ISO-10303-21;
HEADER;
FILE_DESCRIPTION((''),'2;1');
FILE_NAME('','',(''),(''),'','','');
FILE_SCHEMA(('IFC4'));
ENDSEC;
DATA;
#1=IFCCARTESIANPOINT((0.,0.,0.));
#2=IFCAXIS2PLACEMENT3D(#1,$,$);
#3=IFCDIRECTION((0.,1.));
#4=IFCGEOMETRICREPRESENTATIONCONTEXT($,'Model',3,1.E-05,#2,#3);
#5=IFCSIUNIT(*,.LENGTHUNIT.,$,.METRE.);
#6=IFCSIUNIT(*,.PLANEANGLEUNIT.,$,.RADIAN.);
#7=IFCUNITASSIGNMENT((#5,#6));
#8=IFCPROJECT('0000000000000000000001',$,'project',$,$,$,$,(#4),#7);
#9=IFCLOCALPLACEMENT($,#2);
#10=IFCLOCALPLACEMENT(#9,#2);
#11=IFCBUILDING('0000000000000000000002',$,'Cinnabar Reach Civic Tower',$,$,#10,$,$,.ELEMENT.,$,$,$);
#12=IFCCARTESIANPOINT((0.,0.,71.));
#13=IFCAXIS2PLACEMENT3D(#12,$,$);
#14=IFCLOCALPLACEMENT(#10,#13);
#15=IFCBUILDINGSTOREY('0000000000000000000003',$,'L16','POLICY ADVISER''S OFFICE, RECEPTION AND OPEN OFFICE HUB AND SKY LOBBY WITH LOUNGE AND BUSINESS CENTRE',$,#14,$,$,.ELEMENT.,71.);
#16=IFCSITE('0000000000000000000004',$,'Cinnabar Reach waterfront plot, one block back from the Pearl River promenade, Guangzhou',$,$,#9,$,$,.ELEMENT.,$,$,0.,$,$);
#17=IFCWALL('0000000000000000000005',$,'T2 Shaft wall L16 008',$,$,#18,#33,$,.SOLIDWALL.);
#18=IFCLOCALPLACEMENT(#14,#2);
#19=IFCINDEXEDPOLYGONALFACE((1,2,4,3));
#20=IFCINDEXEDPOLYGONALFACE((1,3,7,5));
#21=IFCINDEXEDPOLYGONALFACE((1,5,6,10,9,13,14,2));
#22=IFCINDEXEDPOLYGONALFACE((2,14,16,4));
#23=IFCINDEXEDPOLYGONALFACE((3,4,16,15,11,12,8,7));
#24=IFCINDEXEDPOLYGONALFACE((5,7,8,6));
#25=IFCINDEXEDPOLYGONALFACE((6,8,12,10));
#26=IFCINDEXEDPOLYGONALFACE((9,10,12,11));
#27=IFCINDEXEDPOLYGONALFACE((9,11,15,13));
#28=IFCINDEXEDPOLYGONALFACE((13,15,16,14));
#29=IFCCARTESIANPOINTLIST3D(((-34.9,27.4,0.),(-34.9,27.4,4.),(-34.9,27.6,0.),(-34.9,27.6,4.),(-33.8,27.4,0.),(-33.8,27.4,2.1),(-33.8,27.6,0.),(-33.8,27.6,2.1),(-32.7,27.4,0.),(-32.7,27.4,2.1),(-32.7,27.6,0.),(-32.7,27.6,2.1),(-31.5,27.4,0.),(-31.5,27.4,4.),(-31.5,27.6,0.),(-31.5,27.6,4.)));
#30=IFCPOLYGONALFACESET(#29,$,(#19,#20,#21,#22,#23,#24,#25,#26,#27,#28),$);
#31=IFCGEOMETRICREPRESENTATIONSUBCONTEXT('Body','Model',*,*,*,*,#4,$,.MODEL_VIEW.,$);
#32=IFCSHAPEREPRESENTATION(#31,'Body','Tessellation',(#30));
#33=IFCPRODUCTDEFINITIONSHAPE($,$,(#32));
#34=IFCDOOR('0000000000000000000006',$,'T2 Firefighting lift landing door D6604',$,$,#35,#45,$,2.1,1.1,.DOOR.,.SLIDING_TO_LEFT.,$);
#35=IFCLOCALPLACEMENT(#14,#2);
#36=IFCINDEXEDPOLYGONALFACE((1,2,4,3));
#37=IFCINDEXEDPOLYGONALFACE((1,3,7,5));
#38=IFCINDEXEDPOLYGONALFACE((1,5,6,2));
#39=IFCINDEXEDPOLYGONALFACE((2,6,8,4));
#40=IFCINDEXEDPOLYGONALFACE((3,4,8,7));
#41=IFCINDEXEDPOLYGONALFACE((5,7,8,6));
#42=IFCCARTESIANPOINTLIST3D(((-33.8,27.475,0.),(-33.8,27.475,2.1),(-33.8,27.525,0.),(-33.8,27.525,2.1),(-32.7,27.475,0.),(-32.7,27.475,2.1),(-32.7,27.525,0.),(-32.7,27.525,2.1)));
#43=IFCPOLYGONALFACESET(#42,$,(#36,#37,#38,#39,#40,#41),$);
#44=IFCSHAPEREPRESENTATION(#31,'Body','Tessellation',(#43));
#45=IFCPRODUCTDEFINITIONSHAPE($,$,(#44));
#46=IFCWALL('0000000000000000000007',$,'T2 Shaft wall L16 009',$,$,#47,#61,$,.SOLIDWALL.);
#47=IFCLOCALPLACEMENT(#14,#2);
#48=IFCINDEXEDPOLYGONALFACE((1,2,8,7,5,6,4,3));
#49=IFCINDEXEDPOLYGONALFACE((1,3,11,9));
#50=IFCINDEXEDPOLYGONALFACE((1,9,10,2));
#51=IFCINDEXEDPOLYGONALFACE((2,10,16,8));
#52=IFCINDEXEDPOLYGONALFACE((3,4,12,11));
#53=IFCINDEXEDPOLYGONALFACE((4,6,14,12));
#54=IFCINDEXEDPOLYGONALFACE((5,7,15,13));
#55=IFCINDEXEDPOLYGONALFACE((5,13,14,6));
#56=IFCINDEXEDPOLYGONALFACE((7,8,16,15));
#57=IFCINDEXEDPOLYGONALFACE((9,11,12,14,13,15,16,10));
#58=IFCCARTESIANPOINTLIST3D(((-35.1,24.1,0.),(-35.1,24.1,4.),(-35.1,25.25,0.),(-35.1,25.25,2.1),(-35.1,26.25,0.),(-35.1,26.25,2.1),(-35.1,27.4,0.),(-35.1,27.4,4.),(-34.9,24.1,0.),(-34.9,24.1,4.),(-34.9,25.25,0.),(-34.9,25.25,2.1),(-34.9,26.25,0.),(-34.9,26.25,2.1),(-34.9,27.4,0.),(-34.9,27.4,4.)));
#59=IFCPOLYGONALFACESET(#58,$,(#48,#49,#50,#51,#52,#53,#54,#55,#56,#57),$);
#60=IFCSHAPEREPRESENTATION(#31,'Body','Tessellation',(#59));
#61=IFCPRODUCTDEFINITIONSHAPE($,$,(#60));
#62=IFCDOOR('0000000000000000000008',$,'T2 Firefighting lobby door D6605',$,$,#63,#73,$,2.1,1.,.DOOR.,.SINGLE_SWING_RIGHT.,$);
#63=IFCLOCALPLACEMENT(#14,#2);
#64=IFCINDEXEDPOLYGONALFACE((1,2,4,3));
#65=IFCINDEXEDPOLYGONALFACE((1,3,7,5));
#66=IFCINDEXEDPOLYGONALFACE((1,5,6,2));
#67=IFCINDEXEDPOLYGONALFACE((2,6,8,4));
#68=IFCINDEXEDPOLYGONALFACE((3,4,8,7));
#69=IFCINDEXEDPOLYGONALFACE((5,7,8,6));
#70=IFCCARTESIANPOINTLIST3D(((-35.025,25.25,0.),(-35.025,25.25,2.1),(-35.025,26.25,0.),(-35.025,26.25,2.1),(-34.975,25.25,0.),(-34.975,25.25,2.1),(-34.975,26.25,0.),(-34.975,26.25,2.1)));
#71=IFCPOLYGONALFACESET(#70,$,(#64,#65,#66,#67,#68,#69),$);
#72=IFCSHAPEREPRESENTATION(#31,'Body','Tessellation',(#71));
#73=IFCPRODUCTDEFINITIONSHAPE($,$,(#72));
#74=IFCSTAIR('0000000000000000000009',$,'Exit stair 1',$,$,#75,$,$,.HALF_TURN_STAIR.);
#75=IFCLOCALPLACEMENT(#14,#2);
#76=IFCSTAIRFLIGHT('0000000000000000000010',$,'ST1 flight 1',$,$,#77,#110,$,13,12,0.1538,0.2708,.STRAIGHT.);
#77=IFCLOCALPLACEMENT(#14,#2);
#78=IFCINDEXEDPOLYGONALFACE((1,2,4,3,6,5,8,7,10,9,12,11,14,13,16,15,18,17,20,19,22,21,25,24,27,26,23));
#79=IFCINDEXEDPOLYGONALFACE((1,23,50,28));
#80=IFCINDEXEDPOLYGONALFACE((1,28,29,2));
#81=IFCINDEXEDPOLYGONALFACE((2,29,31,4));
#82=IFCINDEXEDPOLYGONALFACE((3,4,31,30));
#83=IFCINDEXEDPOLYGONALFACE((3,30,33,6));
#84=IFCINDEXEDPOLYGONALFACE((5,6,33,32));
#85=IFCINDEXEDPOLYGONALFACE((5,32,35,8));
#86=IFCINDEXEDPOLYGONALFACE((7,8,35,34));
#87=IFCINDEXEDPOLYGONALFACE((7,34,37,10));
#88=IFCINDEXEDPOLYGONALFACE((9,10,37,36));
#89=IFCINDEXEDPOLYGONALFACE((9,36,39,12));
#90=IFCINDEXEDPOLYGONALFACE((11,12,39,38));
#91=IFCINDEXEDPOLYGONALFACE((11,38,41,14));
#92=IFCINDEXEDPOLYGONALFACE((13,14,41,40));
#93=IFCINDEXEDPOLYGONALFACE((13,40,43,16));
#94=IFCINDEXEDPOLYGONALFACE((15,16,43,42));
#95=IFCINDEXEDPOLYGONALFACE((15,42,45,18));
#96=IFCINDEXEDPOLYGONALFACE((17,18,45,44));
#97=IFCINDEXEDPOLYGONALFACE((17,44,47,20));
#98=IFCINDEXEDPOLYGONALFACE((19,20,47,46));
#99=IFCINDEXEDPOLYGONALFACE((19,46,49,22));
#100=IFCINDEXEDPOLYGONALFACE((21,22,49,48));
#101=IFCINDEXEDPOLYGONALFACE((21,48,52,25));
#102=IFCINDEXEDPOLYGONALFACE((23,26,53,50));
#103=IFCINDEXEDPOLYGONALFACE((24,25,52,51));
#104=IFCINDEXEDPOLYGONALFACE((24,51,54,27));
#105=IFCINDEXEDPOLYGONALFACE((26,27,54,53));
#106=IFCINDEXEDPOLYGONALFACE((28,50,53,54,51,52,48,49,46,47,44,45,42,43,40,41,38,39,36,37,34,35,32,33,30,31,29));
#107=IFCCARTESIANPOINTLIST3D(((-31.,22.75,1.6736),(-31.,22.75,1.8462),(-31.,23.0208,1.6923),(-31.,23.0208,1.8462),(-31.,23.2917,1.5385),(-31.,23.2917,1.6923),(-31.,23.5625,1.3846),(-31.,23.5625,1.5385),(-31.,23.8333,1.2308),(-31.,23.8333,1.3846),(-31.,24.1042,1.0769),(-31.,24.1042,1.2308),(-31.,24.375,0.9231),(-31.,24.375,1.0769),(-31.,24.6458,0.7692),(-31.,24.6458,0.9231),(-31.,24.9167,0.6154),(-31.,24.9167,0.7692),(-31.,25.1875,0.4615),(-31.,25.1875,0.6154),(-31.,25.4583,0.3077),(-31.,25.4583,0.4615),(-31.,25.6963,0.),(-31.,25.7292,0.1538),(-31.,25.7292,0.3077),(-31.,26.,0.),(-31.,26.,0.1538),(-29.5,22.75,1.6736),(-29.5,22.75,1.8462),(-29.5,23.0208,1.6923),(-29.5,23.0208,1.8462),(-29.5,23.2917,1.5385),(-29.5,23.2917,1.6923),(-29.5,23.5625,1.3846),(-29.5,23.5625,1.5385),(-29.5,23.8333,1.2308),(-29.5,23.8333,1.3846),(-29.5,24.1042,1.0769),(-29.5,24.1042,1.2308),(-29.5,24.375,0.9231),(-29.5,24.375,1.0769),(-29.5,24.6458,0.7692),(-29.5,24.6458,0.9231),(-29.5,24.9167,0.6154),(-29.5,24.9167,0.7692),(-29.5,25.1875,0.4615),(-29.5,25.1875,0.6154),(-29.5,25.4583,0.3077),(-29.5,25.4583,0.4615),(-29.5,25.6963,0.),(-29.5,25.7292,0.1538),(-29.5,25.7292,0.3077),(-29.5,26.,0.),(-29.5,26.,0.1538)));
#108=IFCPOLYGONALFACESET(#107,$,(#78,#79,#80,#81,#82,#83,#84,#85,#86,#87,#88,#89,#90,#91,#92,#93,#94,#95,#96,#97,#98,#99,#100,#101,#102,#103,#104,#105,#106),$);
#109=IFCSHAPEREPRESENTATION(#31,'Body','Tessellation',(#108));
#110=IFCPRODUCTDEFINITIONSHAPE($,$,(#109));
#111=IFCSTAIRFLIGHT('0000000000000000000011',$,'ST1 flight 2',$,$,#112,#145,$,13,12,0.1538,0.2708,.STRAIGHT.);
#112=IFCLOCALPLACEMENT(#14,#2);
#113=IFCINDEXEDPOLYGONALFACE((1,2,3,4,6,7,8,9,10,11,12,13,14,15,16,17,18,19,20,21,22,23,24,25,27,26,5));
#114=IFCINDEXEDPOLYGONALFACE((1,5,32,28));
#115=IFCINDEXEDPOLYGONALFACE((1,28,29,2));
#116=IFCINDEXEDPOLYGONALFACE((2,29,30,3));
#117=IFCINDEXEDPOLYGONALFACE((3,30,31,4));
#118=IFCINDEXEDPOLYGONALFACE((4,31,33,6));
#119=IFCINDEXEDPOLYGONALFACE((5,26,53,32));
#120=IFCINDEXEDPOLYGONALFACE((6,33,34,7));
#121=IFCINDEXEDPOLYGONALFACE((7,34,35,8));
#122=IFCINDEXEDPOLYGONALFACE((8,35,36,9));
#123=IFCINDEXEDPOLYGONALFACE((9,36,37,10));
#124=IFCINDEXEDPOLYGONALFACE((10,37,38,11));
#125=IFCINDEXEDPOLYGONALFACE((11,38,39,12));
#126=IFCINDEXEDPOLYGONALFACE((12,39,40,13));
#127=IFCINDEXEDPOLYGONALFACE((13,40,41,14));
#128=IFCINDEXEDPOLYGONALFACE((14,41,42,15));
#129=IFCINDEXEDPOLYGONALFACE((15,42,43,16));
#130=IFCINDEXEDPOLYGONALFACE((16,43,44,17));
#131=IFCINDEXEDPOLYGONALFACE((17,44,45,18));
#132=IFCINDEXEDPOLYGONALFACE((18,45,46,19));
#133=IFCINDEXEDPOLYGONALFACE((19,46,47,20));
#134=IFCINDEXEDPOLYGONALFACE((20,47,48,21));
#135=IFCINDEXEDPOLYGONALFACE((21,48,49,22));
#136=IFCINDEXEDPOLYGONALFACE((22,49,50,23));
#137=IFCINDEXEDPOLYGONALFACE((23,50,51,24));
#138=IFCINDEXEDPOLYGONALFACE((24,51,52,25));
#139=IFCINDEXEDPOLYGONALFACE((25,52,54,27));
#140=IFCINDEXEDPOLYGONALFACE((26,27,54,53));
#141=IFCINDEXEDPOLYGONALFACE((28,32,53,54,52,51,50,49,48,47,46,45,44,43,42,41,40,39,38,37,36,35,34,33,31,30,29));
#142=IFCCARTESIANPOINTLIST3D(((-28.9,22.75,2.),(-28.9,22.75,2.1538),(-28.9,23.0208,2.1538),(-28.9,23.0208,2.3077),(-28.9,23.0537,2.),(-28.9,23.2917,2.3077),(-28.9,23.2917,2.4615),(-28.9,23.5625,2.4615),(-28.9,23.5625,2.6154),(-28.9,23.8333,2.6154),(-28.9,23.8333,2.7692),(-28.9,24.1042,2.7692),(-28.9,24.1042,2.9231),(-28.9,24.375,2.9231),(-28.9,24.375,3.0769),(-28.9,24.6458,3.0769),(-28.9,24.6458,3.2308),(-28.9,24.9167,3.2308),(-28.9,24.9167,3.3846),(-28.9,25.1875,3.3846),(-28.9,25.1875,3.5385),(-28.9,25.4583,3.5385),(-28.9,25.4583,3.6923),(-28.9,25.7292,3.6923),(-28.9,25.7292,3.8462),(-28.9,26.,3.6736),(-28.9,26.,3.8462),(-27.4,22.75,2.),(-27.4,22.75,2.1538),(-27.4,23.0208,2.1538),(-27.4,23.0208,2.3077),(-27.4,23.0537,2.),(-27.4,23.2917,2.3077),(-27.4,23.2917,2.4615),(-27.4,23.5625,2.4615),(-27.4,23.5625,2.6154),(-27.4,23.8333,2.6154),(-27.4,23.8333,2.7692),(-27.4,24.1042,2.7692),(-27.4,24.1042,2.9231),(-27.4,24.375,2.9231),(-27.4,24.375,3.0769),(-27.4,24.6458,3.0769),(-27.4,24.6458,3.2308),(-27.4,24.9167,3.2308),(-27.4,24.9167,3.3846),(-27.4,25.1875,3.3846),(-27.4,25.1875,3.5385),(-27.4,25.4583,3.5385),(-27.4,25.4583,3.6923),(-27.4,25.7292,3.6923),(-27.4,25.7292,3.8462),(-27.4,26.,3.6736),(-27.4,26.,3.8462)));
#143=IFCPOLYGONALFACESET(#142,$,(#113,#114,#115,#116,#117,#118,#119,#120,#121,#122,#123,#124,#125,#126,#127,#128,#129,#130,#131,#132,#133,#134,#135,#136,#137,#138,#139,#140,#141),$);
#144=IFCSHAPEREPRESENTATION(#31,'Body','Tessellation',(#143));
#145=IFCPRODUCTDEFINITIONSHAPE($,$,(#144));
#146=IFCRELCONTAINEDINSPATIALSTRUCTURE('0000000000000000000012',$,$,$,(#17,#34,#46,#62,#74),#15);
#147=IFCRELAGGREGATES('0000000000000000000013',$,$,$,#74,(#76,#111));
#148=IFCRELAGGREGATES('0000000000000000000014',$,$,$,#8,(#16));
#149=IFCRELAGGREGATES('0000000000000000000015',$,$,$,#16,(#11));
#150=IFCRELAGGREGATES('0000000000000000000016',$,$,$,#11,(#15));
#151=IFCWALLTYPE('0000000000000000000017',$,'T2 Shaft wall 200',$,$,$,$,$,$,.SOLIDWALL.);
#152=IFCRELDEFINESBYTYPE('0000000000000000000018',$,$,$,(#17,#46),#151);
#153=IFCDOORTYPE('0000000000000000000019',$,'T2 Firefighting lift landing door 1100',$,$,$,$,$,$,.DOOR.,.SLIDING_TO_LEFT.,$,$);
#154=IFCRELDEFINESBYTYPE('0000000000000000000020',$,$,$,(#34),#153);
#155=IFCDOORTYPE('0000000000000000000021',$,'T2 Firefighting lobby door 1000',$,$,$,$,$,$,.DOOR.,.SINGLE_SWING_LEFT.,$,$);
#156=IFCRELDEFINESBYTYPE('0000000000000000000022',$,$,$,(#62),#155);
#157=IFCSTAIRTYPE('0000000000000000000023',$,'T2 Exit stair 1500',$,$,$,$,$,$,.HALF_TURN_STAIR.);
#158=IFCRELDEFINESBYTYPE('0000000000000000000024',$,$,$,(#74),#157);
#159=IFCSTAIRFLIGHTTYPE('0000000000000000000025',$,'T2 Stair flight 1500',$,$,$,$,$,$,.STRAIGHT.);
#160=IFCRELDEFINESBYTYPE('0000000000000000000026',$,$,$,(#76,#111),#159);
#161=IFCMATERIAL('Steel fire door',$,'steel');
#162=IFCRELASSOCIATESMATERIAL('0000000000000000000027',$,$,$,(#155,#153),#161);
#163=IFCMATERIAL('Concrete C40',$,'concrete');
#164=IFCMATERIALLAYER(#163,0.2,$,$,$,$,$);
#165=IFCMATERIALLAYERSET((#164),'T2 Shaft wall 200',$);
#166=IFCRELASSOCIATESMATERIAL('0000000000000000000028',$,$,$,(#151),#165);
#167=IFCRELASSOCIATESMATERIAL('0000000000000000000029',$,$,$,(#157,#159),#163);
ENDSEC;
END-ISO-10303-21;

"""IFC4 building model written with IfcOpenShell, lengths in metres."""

from ifc_helpers import new_model, si_unit, direction, frame, frame_2d, origin, place, context, subcontext, project, spatial, polyline, rectangle, outline, extrude, material, layer, layer_set, type_object, element, fill, aggregate, save


model = new_model("IFC4")

# Units and contexts
model_context = context("Model", 3, precision=1e-05, world=origin(), true_north=direction((0.0, 1.0)))
body_context = subcontext(model_context, "Body", "Model", "MODEL_VIEW")
ifc_project = project(units=[si_unit("LENGTHUNIT", "METRE"), si_unit("PLANEANGLEUNIT", "RADIAN")], contexts=[model_context])

# Site, building, storey
site_placement = place(None, origin())
site = spatial("IfcSite", under=ifc_project, at=site_placement, Name="Cinnabar Reach waterfront plot, one block back from the Pearl River promenade, Guangzhou", CompositionType="ELEMENT", RefElevation=0.0)
building_placement = place(site_placement, origin())
building = spatial("IfcBuilding", under=site, at=building_placement, Name="Cinnabar Reach Civic Tower", CompositionType="ELEMENT")
storey_placement = place(building_placement, frame((0.0, 0.0, 71.0)))
storey = spatial("IfcBuildingStorey", under=building, at=storey_placement, Name="L16", Description="POLICY ADVISER'S OFFICE, RECEPTION AND OPEN OFFICE HUB AND SKY LOBBY WITH LOUNGE AND BUSINESS CENTRE", CompositionType="ELEMENT", Elevation=71.0)

# Shared definitions
ifc_material_1 = material(Name="Concrete C40", Category="concrete")

# Shared definitions
ifc_material_2 = material(Name="Steel fire door", Category="steel")
door_type_1 = type_object("IfcDoorType", Name="T2 Firefighting lobby door 1000", OperationType="SINGLE_SWING_LEFT", PredefinedType="DOOR", material=ifc_material_2)

# Shared definitions
ifc_layer_1 = layer(ifc_material_1, 0.2)
ifc_layer_set_1 = layer_set([ifc_layer_1], Name="T2 Shaft wall 200")
wall_type_1 = type_object("IfcWallType", Name="T2 Shaft wall 200", PredefinedType="SOLIDWALL", material=ifc_layer_set_1)

# Walls, openings, doors
wall_1_placement = place(storey_placement, frame((-34.9, 27.5, 0.0), z_axis=(0.0, 0.0, 1.0), x_axis=(1.0, 0.0, 0.0)))
wall_1 = element("IfcWall", 1, at=wall_1_placement, inside=storey, type_object=wall_type_1, Name="T2 Shaft wall L16 008", PredefinedType="SOLIDWALL", context=body_context, shape_type="SweptSolid", body=[
    extrude(rectangle(XDim=3.4, YDim=0.2, at=frame_2d((1.7, 0.0))), origin(), (0.0, 0.0, 1.0), 4.0),
])
opening_1_placement = place(wall_1_placement, frame((1.1, 0.0, 0.0)))
opening_1 = element("IfcOpeningElement", 2, at=opening_1_placement, cuts=wall_1, PredefinedType="OPENING", context=body_context, shape_type="SweptSolid", body=[
    extrude(rectangle(XDim=1.1, YDim=2.1, at=frame_2d((0.55, 1.05))), frame((0.0, 0.11, 0.0), z_axis=(0.0, -1.0, 0.0), x_axis=(1.0, 0.0, 0.0)), (0.0, 0.0, 1.0), 0.22),
])
door_type_2 = type_object("IfcDoorType", Name="T2 Firefighting lift landing door 1100", OperationType="SLIDING_TO_LEFT", PredefinedType="DOOR", material=ifc_material_2)
door_1_placement = place(opening_1_placement, origin())
door_1 = element("IfcDoor", 3, at=door_1_placement, inside=storey, type_object=door_type_2, Name="T2 Firefighting lift landing door D6604", OperationType="SLIDING_TO_LEFT", OverallHeight=2.1, OverallWidth=1.1, PredefinedType="DOOR", context=body_context, shape_type="SweptSolid", body=[
    extrude(rectangle(XDim=1.1, YDim=2.1, at=frame_2d((0.55, 1.05))), frame((0.0, 0.025, 0.0), z_axis=(0.0, -1.0, 0.0), x_axis=(1.0, 0.0, 0.0)), (0.0, 0.0, 1.0), 0.05),
])
fill(opening_1, door_1)
wall_2_placement = place(storey_placement, frame((-35.0, 24.1, 0.0), z_axis=(0.0, 0.0, 1.0), x_axis=(0.0, 1.0, 0.0)))
wall_2 = element("IfcWall", 4, at=wall_2_placement, inside=storey, type_object=wall_type_1, Name="T2 Shaft wall L16 009", PredefinedType="SOLIDWALL", context=body_context, shape_type="SweptSolid", body=[
    extrude(rectangle(XDim=3.3, YDim=0.2, at=frame_2d((1.65, 0.0))), origin(), (0.0, 0.0, 1.0), 4.0),
])
opening_2_placement = place(wall_2_placement, frame((1.15, 0.0, 0.0)))
opening_2 = element("IfcOpeningElement", 5, at=opening_2_placement, cuts=wall_2, PredefinedType="OPENING", context=body_context, shape_type="SweptSolid", body=[
    extrude(rectangle(XDim=1.0, YDim=2.1, at=frame_2d((0.5, 1.05))), frame((0.0, 0.11, 0.0), z_axis=(0.0, -1.0, 0.0), x_axis=(1.0, 0.0, 0.0)), (0.0, 0.0, 1.0), 0.22),
])
door_2_placement = place(opening_2_placement, origin())
door_2 = element("IfcDoor", 6, at=door_2_placement, inside=storey, type_object=door_type_1, Name="T2 Firefighting lobby door D6605", OperationType="SINGLE_SWING_RIGHT", OverallHeight=2.1, OverallWidth=1.0, PredefinedType="DOOR", context=body_context, shape_type="SweptSolid", body=[
    extrude(rectangle(XDim=1.0, YDim=2.1, at=frame_2d((0.5, 1.05))), frame((0.0, 0.025, 0.0), z_axis=(0.0, -1.0, 0.0), x_axis=(1.0, 0.0, 0.0)), (0.0, 0.0, 1.0), 0.05),
])
fill(opening_2, door_2)

# Stair, stair flights
stair_type = type_object("IfcStairType", Name="T2 Exit stair 1500", PredefinedType="HALF_TURN_STAIR", material=ifc_material_1)
stair_placement = place(storey_placement, origin())
stair = element("IfcStair", 7, at=stair_placement, inside=storey, type_object=stair_type, Name="Exit stair 1", PredefinedType="HALF_TURN_STAIR")
stair_flight_type = type_object("IfcStairFlightType", Name="T2 Stair flight 1500", PredefinedType="STRAIGHT", material=ifc_material_1)
stair_flight_1_placement = place(storey_placement, frame((-30.25, 26.0, 0.0), z_axis=(0.0, 0.0, 1.0), x_axis=(0.0, -1.0, 0.0)))
stair_flight_1 = element("IfcStairFlight", 8, at=stair_flight_1_placement, type_object=stair_flight_type, Name="ST1 flight 1", NumberOfRisers=13, NumberOfTreads=12, PredefinedType="STRAIGHT", RiserHeight=0.1538, TreadLength=0.2708, context=body_context, shape_type="SweptSolid", body=[
    extrude(outline(polyline([(0.0, 0.0), (0.0, 0.1538), (0.2708, 0.1538), (0.2708, 0.3077), (0.5417, 0.3077), (0.5417, 0.4615), (0.8125, 0.4615), (0.8125, 0.6154), (1.0833, 0.6154), (1.0833, 0.7692), (1.3542, 0.7692), (1.3542, 0.9231), (1.625, 0.9231), (1.625, 1.0769), (1.8958, 1.0769), (1.8958, 1.2308), (2.1667, 1.2308), (2.1667, 1.3846), (2.4375, 1.3846), (2.4375, 1.5385), (2.7083, 1.5385), (2.7083, 1.6923), (2.9792, 1.6923), (2.9792, 1.8462), (3.25, 1.8462), (3.25, 2.0), (3.25, 1.6736), (0.3037, 0.0), (0.0, 0.0)])), frame((0.0, 0.75, 0.0), z_axis=(0.0, -1.0, 0.0), x_axis=(1.0, 0.0, 0.0)), (0.0, 0.0, 1.0), 1.5),
])
stair_flight_2_placement = place(storey_placement, frame((-28.15, 22.75, 2.0), z_axis=(0.0, 0.0, 1.0), x_axis=(0.0, 1.0, 0.0)))
stair_flight_2 = element("IfcStairFlight", 9, at=stair_flight_2_placement, type_object=stair_flight_type, Name="ST1 flight 2", NumberOfRisers=13, NumberOfTreads=12, PredefinedType="STRAIGHT", RiserHeight=0.1538, TreadLength=0.2708, context=body_context, shape_type="SweptSolid", body=[
    extrude(outline(polyline([(0.0, 0.0), (0.0, 0.1538), (0.2708, 0.1538), (0.2708, 0.3077), (0.5417, 0.3077), (0.5417, 0.4615), (0.8125, 0.4615), (0.8125, 0.6154), (1.0833, 0.6154), (1.0833, 0.7692), (1.3542, 0.7692), (1.3542, 0.9231), (1.625, 0.9231), (1.625, 1.0769), (1.8958, 1.0769), (1.8958, 1.2308), (2.1667, 1.2308), (2.1667, 1.3846), (2.4375, 1.3846), (2.4375, 1.5385), (2.7083, 1.5385), (2.7083, 1.6923), (2.9792, 1.6923), (2.9792, 1.8462), (3.25, 1.8462), (3.25, 2.0), (3.25, 1.6736), (0.3037, 0.0), (0.0, 0.0)])), frame((0.0, 0.75, 0.0), z_axis=(0.0, -1.0, 0.0), x_axis=(1.0, 0.0, 0.0)), (0.0, 0.0, 1.0), 1.5),
])
aggregate(stair, [stair_flight_1, stair_flight_2])

save(model, "model.ifc")
